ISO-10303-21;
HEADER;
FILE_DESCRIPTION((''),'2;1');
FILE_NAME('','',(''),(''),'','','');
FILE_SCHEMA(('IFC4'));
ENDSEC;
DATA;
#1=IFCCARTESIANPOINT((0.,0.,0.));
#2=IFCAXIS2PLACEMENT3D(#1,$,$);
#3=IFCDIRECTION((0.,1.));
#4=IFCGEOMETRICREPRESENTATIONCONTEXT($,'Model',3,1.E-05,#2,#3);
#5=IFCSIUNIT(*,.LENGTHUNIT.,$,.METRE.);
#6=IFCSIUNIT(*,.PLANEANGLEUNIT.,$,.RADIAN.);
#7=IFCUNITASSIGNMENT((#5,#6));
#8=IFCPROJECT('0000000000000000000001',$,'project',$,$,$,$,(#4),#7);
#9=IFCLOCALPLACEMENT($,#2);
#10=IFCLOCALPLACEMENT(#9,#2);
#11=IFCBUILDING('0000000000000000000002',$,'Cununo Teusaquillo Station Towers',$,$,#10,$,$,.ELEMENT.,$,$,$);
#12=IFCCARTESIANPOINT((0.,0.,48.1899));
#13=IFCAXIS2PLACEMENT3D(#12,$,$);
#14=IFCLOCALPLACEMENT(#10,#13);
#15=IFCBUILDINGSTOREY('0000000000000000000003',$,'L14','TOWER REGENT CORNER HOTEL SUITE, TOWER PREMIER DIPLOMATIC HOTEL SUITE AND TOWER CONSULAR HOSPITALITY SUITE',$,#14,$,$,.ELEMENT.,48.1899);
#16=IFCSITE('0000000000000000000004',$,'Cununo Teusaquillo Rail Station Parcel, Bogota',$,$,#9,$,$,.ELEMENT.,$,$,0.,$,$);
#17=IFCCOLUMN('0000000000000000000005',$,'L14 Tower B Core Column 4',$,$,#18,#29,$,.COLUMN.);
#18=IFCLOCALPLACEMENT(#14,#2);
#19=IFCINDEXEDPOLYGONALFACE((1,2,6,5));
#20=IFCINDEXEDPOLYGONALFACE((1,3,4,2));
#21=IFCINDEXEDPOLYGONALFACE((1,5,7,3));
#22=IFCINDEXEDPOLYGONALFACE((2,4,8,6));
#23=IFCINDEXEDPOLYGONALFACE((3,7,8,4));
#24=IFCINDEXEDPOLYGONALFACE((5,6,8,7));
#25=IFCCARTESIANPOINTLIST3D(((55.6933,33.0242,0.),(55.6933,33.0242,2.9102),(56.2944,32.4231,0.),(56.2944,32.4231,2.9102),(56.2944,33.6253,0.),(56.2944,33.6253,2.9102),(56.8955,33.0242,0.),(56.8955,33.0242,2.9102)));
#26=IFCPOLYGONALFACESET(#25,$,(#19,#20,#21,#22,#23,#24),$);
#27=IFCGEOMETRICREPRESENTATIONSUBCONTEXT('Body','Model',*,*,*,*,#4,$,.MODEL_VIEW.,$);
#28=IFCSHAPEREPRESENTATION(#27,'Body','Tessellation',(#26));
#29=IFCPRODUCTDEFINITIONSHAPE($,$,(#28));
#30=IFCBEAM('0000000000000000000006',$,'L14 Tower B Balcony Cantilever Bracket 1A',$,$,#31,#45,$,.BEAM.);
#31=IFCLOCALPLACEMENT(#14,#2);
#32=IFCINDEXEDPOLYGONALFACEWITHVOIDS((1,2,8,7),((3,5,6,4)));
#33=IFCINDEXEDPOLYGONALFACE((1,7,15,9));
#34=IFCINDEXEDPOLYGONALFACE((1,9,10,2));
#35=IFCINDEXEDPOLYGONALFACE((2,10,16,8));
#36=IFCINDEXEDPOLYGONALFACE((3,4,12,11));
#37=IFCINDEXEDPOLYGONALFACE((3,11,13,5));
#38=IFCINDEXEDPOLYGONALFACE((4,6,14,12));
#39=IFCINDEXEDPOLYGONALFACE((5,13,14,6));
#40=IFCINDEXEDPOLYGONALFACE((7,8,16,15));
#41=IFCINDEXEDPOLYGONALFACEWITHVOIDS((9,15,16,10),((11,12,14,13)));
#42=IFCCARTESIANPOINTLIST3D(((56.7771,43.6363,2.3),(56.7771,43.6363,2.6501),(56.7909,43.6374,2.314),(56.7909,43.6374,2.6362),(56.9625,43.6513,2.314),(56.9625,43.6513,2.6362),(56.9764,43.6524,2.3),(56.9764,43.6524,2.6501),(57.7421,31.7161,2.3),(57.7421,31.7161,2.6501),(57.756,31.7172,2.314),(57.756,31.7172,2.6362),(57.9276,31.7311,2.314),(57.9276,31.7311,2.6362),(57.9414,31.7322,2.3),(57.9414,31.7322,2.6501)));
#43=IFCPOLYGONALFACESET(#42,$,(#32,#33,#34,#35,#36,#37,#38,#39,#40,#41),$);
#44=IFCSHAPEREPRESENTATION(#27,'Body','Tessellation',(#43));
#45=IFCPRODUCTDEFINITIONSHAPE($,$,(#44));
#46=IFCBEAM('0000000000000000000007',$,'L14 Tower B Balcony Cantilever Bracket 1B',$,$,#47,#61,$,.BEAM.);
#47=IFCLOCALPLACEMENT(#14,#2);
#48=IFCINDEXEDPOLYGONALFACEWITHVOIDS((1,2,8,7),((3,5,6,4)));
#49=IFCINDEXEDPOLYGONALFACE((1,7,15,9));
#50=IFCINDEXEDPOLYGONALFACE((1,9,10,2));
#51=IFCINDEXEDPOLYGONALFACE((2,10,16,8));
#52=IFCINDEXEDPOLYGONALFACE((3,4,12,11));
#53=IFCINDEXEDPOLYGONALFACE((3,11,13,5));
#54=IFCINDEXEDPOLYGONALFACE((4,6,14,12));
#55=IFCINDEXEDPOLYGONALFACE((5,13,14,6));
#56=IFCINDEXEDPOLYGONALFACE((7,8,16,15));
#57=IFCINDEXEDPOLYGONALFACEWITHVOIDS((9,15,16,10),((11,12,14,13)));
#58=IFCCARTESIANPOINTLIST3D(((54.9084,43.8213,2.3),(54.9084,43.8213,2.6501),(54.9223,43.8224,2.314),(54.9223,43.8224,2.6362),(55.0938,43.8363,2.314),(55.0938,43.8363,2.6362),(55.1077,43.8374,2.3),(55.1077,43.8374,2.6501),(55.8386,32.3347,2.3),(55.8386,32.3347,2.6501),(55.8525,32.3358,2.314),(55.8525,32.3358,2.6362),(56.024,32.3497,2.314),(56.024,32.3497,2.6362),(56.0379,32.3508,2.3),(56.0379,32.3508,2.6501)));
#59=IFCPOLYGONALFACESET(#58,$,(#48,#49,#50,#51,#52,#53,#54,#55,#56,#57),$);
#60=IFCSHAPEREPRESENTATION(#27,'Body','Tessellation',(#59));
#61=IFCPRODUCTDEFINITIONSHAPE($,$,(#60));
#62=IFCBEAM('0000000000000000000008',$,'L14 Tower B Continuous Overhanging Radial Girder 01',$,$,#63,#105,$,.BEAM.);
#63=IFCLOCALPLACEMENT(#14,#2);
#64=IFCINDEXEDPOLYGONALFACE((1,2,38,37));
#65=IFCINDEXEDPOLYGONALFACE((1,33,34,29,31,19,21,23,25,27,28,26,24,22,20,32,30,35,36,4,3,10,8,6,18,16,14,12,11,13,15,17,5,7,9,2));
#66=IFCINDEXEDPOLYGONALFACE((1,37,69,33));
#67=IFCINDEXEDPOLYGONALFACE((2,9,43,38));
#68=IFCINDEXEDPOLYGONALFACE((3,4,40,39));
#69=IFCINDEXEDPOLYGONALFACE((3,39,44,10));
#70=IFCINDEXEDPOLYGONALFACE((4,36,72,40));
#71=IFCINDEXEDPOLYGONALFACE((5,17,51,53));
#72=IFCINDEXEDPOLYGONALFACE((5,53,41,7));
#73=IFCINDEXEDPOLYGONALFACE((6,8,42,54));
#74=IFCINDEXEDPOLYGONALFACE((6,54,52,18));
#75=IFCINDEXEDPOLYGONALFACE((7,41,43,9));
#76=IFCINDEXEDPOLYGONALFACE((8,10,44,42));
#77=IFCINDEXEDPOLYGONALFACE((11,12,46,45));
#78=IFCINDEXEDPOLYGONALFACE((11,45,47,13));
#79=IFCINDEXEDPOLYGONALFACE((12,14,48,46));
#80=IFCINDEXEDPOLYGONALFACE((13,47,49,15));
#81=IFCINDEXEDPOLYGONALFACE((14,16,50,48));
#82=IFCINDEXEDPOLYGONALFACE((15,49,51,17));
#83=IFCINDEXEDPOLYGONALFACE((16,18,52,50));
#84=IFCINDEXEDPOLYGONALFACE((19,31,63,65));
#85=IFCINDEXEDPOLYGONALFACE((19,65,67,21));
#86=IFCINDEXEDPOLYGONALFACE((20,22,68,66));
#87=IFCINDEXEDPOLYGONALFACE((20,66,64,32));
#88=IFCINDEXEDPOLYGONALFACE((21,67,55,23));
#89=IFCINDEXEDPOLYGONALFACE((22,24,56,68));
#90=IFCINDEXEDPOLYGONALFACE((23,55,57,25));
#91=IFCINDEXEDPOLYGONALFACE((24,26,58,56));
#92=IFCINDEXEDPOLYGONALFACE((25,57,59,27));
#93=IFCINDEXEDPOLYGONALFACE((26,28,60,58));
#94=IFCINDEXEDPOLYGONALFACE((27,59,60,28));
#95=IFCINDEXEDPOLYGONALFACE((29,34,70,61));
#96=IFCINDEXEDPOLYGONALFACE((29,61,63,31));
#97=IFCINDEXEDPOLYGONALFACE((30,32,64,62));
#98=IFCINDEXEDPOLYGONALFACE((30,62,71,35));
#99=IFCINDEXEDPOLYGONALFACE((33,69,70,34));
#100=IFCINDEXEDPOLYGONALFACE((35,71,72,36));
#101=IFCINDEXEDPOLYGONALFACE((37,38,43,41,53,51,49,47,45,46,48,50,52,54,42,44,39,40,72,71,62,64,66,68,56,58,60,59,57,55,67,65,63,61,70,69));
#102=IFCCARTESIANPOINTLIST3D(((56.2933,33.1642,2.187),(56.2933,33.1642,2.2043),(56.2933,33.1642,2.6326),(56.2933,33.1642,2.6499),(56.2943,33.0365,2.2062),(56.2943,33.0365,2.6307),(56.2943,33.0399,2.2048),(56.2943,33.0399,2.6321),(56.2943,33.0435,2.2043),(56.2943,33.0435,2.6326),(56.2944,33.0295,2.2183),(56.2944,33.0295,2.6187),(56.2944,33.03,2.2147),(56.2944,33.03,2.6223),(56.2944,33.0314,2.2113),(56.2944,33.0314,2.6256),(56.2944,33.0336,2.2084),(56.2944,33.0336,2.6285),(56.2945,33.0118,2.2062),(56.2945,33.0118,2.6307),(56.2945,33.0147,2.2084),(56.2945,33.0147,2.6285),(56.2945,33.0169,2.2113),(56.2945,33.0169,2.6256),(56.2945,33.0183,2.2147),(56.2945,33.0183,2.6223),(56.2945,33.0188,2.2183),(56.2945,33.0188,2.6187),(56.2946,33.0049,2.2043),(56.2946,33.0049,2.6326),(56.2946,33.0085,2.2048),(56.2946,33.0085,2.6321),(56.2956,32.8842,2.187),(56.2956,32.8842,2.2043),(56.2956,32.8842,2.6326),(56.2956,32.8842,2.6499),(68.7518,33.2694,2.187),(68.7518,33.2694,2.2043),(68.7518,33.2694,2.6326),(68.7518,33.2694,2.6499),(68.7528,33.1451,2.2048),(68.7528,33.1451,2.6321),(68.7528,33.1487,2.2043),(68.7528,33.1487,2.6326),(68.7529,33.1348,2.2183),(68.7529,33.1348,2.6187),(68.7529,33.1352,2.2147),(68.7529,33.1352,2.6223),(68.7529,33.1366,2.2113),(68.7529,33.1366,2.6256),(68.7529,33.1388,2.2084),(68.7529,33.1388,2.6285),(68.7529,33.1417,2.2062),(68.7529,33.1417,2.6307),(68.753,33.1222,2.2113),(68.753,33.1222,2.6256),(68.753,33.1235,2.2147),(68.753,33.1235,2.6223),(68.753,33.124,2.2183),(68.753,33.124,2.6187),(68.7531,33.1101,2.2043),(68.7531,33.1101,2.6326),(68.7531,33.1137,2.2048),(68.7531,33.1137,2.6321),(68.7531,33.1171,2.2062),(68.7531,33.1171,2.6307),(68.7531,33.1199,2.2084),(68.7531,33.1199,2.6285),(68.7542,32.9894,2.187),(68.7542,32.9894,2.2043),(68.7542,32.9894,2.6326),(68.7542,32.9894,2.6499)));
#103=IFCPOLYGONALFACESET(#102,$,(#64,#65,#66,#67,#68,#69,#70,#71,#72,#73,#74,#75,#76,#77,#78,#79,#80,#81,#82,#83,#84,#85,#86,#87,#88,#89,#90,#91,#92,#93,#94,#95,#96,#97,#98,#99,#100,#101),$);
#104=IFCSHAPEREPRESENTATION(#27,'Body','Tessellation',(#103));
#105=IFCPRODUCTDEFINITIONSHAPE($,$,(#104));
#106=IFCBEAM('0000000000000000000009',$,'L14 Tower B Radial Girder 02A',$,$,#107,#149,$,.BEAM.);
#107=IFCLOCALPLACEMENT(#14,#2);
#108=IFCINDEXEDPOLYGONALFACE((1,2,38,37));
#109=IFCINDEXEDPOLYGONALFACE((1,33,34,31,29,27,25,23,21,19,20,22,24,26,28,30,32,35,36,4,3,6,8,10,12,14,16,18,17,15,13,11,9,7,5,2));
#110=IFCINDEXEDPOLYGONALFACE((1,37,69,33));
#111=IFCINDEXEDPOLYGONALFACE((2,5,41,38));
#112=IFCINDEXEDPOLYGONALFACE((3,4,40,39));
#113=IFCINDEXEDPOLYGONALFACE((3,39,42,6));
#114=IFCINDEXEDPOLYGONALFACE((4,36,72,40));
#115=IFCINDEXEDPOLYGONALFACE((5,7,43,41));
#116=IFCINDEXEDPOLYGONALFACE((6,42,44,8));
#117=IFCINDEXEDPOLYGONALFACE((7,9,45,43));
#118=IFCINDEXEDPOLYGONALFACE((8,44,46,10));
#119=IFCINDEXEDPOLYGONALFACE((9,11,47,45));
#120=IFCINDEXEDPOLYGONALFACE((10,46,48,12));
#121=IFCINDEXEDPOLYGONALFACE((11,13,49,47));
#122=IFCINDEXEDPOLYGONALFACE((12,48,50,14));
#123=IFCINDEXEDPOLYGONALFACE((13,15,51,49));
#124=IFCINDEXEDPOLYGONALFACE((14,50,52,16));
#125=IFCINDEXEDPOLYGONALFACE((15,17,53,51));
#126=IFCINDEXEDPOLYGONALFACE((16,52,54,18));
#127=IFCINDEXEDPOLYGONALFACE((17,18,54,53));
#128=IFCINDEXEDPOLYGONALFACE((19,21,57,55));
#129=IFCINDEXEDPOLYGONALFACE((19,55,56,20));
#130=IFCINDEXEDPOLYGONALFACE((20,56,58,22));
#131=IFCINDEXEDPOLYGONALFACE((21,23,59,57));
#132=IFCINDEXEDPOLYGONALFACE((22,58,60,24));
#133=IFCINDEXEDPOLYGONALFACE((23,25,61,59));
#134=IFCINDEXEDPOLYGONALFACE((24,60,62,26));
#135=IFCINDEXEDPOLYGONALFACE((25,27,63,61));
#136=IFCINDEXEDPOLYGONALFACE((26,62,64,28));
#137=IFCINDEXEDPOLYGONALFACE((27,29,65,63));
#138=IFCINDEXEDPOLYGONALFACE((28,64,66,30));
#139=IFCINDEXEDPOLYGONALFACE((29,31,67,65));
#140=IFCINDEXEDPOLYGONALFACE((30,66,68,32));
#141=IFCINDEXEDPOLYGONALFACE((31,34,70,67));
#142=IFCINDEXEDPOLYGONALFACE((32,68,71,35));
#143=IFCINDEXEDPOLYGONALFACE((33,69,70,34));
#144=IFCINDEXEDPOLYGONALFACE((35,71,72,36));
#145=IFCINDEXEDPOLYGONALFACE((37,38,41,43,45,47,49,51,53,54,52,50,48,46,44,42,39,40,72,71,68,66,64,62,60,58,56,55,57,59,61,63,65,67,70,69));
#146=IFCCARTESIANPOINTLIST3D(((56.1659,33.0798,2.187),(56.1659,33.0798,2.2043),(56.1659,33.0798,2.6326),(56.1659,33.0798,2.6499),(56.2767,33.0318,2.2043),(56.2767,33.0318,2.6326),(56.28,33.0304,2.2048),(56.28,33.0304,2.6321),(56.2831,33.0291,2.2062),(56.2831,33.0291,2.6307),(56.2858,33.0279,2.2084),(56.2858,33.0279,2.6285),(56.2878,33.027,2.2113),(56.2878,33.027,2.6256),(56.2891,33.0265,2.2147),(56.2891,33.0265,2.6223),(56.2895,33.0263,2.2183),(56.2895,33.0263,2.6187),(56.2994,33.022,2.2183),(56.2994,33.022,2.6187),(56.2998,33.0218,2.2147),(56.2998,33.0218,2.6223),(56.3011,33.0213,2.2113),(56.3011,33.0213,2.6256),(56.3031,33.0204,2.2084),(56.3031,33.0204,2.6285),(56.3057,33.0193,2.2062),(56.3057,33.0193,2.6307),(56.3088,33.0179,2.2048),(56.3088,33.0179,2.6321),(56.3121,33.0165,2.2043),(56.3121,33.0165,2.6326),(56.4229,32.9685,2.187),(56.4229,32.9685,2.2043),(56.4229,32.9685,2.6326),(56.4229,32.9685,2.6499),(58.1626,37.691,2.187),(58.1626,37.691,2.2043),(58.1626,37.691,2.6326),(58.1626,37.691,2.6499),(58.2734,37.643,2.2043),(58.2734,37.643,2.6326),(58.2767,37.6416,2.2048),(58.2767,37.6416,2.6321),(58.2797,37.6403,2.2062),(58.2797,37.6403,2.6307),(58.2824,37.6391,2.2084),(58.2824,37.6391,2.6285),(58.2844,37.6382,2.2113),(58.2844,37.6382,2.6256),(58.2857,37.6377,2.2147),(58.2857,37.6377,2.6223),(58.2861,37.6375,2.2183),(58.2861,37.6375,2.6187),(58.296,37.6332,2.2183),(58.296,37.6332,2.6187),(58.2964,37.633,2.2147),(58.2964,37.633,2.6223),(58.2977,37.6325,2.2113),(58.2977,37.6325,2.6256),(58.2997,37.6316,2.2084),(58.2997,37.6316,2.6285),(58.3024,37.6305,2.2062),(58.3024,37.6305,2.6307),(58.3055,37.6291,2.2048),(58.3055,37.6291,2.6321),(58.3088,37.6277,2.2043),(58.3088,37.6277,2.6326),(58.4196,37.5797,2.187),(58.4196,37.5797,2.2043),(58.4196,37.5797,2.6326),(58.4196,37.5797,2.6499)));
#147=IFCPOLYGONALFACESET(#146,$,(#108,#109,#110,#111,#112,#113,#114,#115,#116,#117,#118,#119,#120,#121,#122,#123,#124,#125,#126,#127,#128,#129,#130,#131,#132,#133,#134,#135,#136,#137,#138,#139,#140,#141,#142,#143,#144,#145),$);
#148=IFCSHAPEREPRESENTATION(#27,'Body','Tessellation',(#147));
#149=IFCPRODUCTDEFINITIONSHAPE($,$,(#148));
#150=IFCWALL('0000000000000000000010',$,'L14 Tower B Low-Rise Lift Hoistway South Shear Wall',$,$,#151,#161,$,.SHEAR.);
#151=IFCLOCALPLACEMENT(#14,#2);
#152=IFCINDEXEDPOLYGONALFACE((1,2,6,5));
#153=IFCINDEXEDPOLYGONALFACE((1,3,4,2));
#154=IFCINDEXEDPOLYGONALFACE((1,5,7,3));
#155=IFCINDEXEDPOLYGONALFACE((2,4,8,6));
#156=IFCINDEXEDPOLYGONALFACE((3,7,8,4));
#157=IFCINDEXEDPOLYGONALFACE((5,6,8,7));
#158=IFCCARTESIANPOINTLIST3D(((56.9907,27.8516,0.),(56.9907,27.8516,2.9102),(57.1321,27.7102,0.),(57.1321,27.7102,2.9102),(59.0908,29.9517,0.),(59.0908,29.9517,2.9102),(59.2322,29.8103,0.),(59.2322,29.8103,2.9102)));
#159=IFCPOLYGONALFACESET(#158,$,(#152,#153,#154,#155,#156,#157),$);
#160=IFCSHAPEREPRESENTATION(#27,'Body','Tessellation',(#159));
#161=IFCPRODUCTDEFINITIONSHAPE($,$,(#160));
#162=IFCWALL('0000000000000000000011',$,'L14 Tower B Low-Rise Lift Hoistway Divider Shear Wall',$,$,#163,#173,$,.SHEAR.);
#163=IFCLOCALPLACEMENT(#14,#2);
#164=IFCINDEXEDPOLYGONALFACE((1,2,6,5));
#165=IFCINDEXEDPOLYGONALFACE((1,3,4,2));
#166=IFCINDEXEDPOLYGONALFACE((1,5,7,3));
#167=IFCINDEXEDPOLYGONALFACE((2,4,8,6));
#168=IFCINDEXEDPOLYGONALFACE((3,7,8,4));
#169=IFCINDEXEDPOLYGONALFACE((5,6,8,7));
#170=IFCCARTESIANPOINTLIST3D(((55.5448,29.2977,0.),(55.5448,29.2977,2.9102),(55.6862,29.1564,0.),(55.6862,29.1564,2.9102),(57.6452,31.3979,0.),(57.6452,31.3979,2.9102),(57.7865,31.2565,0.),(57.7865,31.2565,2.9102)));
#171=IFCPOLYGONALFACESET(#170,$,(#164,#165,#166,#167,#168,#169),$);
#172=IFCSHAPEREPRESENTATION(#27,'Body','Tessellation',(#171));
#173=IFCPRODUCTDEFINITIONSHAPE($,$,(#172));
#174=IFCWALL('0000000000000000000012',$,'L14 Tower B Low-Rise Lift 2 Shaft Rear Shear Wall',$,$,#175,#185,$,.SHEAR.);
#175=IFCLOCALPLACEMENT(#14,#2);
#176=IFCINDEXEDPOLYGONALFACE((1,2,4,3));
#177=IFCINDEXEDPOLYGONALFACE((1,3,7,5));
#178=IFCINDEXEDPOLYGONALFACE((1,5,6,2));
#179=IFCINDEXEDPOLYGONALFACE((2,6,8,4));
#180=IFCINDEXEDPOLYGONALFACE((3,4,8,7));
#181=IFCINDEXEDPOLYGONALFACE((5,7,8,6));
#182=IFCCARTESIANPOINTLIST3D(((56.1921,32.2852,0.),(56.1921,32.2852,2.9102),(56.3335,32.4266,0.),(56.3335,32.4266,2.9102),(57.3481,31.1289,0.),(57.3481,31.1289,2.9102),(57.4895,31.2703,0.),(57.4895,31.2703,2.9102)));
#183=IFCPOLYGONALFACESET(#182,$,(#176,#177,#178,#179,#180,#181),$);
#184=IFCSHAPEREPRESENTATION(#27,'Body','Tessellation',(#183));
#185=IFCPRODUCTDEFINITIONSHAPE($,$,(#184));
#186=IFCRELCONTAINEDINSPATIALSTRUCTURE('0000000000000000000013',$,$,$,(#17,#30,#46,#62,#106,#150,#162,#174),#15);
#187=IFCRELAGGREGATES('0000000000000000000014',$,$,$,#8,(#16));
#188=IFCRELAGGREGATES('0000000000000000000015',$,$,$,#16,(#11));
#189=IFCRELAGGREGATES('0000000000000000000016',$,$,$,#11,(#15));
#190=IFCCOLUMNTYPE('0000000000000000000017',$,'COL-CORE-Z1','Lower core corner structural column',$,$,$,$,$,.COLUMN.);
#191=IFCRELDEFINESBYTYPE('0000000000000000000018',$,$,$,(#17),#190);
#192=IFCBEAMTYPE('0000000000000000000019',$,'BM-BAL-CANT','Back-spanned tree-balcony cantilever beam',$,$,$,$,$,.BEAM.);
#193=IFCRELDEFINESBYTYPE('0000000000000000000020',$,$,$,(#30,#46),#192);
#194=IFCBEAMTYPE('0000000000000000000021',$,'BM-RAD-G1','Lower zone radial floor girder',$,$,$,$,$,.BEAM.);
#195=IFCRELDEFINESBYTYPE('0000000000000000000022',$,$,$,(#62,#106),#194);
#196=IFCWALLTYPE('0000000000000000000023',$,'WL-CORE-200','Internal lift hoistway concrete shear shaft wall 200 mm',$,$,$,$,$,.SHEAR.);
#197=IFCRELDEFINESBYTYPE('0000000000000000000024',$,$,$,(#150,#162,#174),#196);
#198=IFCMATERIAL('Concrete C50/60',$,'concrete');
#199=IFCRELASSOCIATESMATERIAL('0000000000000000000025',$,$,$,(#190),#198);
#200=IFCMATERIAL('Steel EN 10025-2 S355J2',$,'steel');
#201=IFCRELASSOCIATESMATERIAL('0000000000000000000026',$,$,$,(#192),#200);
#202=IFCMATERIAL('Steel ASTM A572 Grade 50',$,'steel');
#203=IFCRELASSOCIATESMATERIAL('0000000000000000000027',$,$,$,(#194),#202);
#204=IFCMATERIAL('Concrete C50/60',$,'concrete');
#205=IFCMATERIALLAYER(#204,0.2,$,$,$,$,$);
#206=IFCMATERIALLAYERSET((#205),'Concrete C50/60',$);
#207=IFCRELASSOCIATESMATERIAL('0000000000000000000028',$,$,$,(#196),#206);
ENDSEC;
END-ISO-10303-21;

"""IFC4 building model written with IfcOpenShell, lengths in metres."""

from ifc_helpers import new_model, si_unit, direction, frame, frame_2d, origin, origin_2d, place, context, subcontext, project, spatial, rectangle, hollow_rectangle, i_section, extrude, material, layer, layer_set, material_profile, profile_set, type_object, element, save


model = new_model("IFC4")

# Units and contexts
model_context = context("Model", 3, precision=1e-05, world=origin(), true_north=direction((0.0, 1.0)))
body_context = subcontext(model_context, "Body", "Model", "MODEL_VIEW")
ifc_project = project(units=[si_unit("LENGTHUNIT", "METRE"), si_unit("PLANEANGLEUNIT", "RADIAN")], contexts=[model_context])

# Site, building, storey
site_placement = place(None, origin())
site = spatial("IfcSite", under=ifc_project, at=site_placement, Name="Cununo Teusaquillo Rail Station Parcel, Bogota", CompositionType="ELEMENT", RefElevation=0.0)
building_placement = place(site_placement, origin())
building = spatial("IfcBuilding", under=site, at=building_placement, Name="Cununo Teusaquillo Station Towers", CompositionType="ELEMENT")
storey_placement = place(building_placement, frame((0.0, 0.0, 48.1899)))
storey = spatial("IfcBuildingStorey", under=building, at=storey_placement, Name="L14", Description="TOWER REGENT CORNER HOTEL SUITE, TOWER PREMIER DIPLOMATIC HOTEL SUITE AND TOWER CONSULAR HOSPITALITY SUITE", CompositionType="ELEMENT", Elevation=48.1899)

# Column
ifc_material_1 = material(Name="Concrete C50/60", Category="concrete")
ifc_material_profile_1 = material_profile(ifc_material_1, rectangle(XDim=0.8501, YDim=0.8501, at=origin_2d()), Name="RC-RECT-850x850")
ifc_profile_set_1 = profile_set([ifc_material_profile_1], Name="Concrete C50/60")
column_type = type_object("IfcColumnType", Name="COL-CORE-Z1", Description="Lower core corner structural column", PredefinedType="COLUMN", material=ifc_profile_set_1)
column_placement = place(storey_placement, frame((56.2944, 33.0242, 0.0), z_axis=(0.0, 0.0, 1.0), x_axis=(0.707107, 0.707107, 0.0)))
element("IfcColumn", 1, at=column_placement, inside=storey, type_object=column_type, Name="L14 Tower B Core Column 4", PredefinedType="COLUMN", context=body_context, shape_type="SweptSolid", body=[
    extrude(rectangle(XDim=0.8501, YDim=0.8501, at=origin_2d()), origin(), (0.0, 0.0, 1.0), 2.9102),
])

# Beams
ifc_material_2 = material(Name="Steel EN 10025-2 S355J2", Category="steel")
ifc_material_profile_2 = material_profile(ifc_material_2, hollow_rectangle(XDim=0.2, YDim=0.3501, WallThickness=0.0139, at=origin_2d()), Name="RHS 350x200x14")
ifc_profile_set_2 = profile_set([ifc_material_profile_2], Name="Steel EN 10025-2 S355J2")
beam_type_1 = type_object("IfcBeamType", Name="BM-BAL-CANT", Description="Back-spanned tree-balcony cantilever beam", PredefinedType="BEAM", material=ifc_profile_set_2)
beam_1_placement = place(storey_placement, frame((57.8418, 31.7241, 2.4751), z_axis=(-0.080699, 0.996739, 0.0), x_axis=(-0.996739, -0.080699, 0.0)))
element("IfcBeam", 2, at=beam_1_placement, inside=storey, type_object=beam_type_1, Name="L14 Tower B Balcony Cantilever Bracket 1A", PredefinedType="BEAM", context=body_context, shape_type="SweptSolid", body=[
    extrude(hollow_rectangle(XDim=0.2, YDim=0.3501, WallThickness=0.0139, at=origin_2d()), origin(), (0.0, 0.0, 1.0), 11.9592),
])
beam_2_placement = place(storey_placement, frame((55.9382, 32.3428, 2.4751), z_axis=(-0.080715, 0.996737, 0.0), x_axis=(-0.996737, -0.080715, 0.0)))
element("IfcBeam", 3, at=beam_2_placement, inside=storey, type_object=beam_type_1, Name="L14 Tower B Balcony Cantilever Bracket 1B", PredefinedType="BEAM", context=body_context, shape_type="SweptSolid", body=[
    extrude(hollow_rectangle(XDim=0.2, YDim=0.3501, WallThickness=0.0139, at=origin_2d()), origin(), (0.0, 0.0, 1.0), 11.5242),
])
ifc_material_3 = material(Name="Steel ASTM A572 Grade 50", Category="steel")
ifc_material_profile_3 = material_profile(ifc_material_3, i_section(OverallWidth=0.28, OverallDepth=0.4629, WebThickness=0.0107, FlangeThickness=0.0173, FilletRadius=0.0139, at=origin_2d()), Name="W18X76")
ifc_profile_set_3 = profile_set([ifc_material_profile_3], Name="Steel ASTM A572 Grade 50")
beam_type_2 = type_object("IfcBeamType", Name="BM-RAD-G1", Description="Lower zone radial floor girder", PredefinedType="BEAM", material=ifc_profile_set_3)
beam_3_placement = place(storey_placement, frame((56.2944, 33.0242, 2.4185), z_axis=(0.999964, 0.008446, 0.0), x_axis=(-0.008446, 0.999964, 0.0)))
element("IfcBeam", 4, at=beam_3_placement, inside=storey, type_object=beam_type_2, Name="L14 Tower B Continuous Overhanging Radial Girder 01", PredefinedType="BEAM", context=body_context, shape_type="SweptSolid", body=[
    extrude(i_section(OverallWidth=0.28, OverallDepth=0.4629, WebThickness=0.0107, FlangeThickness=0.0173, FilletRadius=0.0139, at=origin_2d()), origin(), (0.0, 0.0, 1.0), 12.459),
])
beam_4_placement = place(storey_placement, frame((56.2944, 33.0242, 2.4185), z_axis=(0.397347, 0.917668, 0.0), x_axis=(-0.917668, 0.397347, 0.0)))
element("IfcBeam", 5, at=beam_4_placement, inside=storey, type_object=beam_type_2, Name="L14 Tower B Radial Girder 02A", PredefinedType="BEAM", context=body_context, shape_type="SweptSolid", body=[
    extrude(i_section(OverallWidth=0.28, OverallDepth=0.4629, WebThickness=0.0107, FlangeThickness=0.0173, FilletRadius=0.0139, at=origin_2d()), origin(), (0.0, 0.0, 1.0), 5.0249),
])

# Walls
ifc_material_4 = material(Name="Concrete C50/60", Category="concrete")
ifc_layer_1 = layer(ifc_material_4, 0.2)
ifc_layer_set_1 = layer_set([ifc_layer_1], Name="Concrete C50/60")
wall_type_1 = type_object("IfcWallType", Name="WL-CORE-200", Description="Internal lift hoistway concrete shear shaft wall 200 mm", PredefinedType="SHEAR", material=ifc_layer_set_1)
wall_1_placement = place(storey_placement, frame((57.0615, 27.781, 0.0), z_axis=(0.0, 0.0, 1.0), x_axis=(0.707107, 0.707107, 0.0)))
element("IfcWall", 6, at=wall_1_placement, inside=storey, type_object=wall_type_1, Name="L14 Tower B Low-Rise Lift Hoistway South Shear Wall", PredefinedType="SHEAR", context=body_context, shape_type="SweptSolid", body=[
    extrude(rectangle(XDim=2.97, YDim=0.2, at=frame_2d((1.4849, 0.0))), origin(), (0.0, 0.0, 1.0), 2.9102),
])
wall_2_placement = place(storey_placement, frame((55.6155, 29.2271, 0.0), z_axis=(0.0, 0.0, 1.0), x_axis=(0.707148, 0.707066, 0.0)))
element("IfcWall", 7, at=wall_2_placement, inside=storey, type_object=wall_type_1, Name="L14 Tower B Low-Rise Lift Hoistway Divider Shear Wall", PredefinedType="SHEAR", context=body_context, shape_type="SweptSolid", body=[
    extrude(rectangle(XDim=2.9702, YDim=0.2, at=frame_2d((1.4851, 0.0))), origin(), (0.0, 0.0, 1.0), 2.9102),
])
wall_3_placement = place(storey_placement, frame((57.4187, 31.1997, 0.0), z_axis=(0.0, 0.0, 1.0), x_axis=(-0.707032, 0.707181, 0.0)))
element("IfcWall", 8, at=wall_3_placement, inside=storey, type_object=wall_type_1, Name="L14 Tower B Low-Rise Lift 2 Shaft Rear Shear Wall", PredefinedType="SHEAR", context=body_context, shape_type="SweptSolid", body=[
    extrude(rectangle(XDim=1.635, YDim=0.2, at=frame_2d((0.8174, 0.0))), origin(), (0.0, 0.0, 1.0), 2.9102),
])

save(model, "model.ifc")
